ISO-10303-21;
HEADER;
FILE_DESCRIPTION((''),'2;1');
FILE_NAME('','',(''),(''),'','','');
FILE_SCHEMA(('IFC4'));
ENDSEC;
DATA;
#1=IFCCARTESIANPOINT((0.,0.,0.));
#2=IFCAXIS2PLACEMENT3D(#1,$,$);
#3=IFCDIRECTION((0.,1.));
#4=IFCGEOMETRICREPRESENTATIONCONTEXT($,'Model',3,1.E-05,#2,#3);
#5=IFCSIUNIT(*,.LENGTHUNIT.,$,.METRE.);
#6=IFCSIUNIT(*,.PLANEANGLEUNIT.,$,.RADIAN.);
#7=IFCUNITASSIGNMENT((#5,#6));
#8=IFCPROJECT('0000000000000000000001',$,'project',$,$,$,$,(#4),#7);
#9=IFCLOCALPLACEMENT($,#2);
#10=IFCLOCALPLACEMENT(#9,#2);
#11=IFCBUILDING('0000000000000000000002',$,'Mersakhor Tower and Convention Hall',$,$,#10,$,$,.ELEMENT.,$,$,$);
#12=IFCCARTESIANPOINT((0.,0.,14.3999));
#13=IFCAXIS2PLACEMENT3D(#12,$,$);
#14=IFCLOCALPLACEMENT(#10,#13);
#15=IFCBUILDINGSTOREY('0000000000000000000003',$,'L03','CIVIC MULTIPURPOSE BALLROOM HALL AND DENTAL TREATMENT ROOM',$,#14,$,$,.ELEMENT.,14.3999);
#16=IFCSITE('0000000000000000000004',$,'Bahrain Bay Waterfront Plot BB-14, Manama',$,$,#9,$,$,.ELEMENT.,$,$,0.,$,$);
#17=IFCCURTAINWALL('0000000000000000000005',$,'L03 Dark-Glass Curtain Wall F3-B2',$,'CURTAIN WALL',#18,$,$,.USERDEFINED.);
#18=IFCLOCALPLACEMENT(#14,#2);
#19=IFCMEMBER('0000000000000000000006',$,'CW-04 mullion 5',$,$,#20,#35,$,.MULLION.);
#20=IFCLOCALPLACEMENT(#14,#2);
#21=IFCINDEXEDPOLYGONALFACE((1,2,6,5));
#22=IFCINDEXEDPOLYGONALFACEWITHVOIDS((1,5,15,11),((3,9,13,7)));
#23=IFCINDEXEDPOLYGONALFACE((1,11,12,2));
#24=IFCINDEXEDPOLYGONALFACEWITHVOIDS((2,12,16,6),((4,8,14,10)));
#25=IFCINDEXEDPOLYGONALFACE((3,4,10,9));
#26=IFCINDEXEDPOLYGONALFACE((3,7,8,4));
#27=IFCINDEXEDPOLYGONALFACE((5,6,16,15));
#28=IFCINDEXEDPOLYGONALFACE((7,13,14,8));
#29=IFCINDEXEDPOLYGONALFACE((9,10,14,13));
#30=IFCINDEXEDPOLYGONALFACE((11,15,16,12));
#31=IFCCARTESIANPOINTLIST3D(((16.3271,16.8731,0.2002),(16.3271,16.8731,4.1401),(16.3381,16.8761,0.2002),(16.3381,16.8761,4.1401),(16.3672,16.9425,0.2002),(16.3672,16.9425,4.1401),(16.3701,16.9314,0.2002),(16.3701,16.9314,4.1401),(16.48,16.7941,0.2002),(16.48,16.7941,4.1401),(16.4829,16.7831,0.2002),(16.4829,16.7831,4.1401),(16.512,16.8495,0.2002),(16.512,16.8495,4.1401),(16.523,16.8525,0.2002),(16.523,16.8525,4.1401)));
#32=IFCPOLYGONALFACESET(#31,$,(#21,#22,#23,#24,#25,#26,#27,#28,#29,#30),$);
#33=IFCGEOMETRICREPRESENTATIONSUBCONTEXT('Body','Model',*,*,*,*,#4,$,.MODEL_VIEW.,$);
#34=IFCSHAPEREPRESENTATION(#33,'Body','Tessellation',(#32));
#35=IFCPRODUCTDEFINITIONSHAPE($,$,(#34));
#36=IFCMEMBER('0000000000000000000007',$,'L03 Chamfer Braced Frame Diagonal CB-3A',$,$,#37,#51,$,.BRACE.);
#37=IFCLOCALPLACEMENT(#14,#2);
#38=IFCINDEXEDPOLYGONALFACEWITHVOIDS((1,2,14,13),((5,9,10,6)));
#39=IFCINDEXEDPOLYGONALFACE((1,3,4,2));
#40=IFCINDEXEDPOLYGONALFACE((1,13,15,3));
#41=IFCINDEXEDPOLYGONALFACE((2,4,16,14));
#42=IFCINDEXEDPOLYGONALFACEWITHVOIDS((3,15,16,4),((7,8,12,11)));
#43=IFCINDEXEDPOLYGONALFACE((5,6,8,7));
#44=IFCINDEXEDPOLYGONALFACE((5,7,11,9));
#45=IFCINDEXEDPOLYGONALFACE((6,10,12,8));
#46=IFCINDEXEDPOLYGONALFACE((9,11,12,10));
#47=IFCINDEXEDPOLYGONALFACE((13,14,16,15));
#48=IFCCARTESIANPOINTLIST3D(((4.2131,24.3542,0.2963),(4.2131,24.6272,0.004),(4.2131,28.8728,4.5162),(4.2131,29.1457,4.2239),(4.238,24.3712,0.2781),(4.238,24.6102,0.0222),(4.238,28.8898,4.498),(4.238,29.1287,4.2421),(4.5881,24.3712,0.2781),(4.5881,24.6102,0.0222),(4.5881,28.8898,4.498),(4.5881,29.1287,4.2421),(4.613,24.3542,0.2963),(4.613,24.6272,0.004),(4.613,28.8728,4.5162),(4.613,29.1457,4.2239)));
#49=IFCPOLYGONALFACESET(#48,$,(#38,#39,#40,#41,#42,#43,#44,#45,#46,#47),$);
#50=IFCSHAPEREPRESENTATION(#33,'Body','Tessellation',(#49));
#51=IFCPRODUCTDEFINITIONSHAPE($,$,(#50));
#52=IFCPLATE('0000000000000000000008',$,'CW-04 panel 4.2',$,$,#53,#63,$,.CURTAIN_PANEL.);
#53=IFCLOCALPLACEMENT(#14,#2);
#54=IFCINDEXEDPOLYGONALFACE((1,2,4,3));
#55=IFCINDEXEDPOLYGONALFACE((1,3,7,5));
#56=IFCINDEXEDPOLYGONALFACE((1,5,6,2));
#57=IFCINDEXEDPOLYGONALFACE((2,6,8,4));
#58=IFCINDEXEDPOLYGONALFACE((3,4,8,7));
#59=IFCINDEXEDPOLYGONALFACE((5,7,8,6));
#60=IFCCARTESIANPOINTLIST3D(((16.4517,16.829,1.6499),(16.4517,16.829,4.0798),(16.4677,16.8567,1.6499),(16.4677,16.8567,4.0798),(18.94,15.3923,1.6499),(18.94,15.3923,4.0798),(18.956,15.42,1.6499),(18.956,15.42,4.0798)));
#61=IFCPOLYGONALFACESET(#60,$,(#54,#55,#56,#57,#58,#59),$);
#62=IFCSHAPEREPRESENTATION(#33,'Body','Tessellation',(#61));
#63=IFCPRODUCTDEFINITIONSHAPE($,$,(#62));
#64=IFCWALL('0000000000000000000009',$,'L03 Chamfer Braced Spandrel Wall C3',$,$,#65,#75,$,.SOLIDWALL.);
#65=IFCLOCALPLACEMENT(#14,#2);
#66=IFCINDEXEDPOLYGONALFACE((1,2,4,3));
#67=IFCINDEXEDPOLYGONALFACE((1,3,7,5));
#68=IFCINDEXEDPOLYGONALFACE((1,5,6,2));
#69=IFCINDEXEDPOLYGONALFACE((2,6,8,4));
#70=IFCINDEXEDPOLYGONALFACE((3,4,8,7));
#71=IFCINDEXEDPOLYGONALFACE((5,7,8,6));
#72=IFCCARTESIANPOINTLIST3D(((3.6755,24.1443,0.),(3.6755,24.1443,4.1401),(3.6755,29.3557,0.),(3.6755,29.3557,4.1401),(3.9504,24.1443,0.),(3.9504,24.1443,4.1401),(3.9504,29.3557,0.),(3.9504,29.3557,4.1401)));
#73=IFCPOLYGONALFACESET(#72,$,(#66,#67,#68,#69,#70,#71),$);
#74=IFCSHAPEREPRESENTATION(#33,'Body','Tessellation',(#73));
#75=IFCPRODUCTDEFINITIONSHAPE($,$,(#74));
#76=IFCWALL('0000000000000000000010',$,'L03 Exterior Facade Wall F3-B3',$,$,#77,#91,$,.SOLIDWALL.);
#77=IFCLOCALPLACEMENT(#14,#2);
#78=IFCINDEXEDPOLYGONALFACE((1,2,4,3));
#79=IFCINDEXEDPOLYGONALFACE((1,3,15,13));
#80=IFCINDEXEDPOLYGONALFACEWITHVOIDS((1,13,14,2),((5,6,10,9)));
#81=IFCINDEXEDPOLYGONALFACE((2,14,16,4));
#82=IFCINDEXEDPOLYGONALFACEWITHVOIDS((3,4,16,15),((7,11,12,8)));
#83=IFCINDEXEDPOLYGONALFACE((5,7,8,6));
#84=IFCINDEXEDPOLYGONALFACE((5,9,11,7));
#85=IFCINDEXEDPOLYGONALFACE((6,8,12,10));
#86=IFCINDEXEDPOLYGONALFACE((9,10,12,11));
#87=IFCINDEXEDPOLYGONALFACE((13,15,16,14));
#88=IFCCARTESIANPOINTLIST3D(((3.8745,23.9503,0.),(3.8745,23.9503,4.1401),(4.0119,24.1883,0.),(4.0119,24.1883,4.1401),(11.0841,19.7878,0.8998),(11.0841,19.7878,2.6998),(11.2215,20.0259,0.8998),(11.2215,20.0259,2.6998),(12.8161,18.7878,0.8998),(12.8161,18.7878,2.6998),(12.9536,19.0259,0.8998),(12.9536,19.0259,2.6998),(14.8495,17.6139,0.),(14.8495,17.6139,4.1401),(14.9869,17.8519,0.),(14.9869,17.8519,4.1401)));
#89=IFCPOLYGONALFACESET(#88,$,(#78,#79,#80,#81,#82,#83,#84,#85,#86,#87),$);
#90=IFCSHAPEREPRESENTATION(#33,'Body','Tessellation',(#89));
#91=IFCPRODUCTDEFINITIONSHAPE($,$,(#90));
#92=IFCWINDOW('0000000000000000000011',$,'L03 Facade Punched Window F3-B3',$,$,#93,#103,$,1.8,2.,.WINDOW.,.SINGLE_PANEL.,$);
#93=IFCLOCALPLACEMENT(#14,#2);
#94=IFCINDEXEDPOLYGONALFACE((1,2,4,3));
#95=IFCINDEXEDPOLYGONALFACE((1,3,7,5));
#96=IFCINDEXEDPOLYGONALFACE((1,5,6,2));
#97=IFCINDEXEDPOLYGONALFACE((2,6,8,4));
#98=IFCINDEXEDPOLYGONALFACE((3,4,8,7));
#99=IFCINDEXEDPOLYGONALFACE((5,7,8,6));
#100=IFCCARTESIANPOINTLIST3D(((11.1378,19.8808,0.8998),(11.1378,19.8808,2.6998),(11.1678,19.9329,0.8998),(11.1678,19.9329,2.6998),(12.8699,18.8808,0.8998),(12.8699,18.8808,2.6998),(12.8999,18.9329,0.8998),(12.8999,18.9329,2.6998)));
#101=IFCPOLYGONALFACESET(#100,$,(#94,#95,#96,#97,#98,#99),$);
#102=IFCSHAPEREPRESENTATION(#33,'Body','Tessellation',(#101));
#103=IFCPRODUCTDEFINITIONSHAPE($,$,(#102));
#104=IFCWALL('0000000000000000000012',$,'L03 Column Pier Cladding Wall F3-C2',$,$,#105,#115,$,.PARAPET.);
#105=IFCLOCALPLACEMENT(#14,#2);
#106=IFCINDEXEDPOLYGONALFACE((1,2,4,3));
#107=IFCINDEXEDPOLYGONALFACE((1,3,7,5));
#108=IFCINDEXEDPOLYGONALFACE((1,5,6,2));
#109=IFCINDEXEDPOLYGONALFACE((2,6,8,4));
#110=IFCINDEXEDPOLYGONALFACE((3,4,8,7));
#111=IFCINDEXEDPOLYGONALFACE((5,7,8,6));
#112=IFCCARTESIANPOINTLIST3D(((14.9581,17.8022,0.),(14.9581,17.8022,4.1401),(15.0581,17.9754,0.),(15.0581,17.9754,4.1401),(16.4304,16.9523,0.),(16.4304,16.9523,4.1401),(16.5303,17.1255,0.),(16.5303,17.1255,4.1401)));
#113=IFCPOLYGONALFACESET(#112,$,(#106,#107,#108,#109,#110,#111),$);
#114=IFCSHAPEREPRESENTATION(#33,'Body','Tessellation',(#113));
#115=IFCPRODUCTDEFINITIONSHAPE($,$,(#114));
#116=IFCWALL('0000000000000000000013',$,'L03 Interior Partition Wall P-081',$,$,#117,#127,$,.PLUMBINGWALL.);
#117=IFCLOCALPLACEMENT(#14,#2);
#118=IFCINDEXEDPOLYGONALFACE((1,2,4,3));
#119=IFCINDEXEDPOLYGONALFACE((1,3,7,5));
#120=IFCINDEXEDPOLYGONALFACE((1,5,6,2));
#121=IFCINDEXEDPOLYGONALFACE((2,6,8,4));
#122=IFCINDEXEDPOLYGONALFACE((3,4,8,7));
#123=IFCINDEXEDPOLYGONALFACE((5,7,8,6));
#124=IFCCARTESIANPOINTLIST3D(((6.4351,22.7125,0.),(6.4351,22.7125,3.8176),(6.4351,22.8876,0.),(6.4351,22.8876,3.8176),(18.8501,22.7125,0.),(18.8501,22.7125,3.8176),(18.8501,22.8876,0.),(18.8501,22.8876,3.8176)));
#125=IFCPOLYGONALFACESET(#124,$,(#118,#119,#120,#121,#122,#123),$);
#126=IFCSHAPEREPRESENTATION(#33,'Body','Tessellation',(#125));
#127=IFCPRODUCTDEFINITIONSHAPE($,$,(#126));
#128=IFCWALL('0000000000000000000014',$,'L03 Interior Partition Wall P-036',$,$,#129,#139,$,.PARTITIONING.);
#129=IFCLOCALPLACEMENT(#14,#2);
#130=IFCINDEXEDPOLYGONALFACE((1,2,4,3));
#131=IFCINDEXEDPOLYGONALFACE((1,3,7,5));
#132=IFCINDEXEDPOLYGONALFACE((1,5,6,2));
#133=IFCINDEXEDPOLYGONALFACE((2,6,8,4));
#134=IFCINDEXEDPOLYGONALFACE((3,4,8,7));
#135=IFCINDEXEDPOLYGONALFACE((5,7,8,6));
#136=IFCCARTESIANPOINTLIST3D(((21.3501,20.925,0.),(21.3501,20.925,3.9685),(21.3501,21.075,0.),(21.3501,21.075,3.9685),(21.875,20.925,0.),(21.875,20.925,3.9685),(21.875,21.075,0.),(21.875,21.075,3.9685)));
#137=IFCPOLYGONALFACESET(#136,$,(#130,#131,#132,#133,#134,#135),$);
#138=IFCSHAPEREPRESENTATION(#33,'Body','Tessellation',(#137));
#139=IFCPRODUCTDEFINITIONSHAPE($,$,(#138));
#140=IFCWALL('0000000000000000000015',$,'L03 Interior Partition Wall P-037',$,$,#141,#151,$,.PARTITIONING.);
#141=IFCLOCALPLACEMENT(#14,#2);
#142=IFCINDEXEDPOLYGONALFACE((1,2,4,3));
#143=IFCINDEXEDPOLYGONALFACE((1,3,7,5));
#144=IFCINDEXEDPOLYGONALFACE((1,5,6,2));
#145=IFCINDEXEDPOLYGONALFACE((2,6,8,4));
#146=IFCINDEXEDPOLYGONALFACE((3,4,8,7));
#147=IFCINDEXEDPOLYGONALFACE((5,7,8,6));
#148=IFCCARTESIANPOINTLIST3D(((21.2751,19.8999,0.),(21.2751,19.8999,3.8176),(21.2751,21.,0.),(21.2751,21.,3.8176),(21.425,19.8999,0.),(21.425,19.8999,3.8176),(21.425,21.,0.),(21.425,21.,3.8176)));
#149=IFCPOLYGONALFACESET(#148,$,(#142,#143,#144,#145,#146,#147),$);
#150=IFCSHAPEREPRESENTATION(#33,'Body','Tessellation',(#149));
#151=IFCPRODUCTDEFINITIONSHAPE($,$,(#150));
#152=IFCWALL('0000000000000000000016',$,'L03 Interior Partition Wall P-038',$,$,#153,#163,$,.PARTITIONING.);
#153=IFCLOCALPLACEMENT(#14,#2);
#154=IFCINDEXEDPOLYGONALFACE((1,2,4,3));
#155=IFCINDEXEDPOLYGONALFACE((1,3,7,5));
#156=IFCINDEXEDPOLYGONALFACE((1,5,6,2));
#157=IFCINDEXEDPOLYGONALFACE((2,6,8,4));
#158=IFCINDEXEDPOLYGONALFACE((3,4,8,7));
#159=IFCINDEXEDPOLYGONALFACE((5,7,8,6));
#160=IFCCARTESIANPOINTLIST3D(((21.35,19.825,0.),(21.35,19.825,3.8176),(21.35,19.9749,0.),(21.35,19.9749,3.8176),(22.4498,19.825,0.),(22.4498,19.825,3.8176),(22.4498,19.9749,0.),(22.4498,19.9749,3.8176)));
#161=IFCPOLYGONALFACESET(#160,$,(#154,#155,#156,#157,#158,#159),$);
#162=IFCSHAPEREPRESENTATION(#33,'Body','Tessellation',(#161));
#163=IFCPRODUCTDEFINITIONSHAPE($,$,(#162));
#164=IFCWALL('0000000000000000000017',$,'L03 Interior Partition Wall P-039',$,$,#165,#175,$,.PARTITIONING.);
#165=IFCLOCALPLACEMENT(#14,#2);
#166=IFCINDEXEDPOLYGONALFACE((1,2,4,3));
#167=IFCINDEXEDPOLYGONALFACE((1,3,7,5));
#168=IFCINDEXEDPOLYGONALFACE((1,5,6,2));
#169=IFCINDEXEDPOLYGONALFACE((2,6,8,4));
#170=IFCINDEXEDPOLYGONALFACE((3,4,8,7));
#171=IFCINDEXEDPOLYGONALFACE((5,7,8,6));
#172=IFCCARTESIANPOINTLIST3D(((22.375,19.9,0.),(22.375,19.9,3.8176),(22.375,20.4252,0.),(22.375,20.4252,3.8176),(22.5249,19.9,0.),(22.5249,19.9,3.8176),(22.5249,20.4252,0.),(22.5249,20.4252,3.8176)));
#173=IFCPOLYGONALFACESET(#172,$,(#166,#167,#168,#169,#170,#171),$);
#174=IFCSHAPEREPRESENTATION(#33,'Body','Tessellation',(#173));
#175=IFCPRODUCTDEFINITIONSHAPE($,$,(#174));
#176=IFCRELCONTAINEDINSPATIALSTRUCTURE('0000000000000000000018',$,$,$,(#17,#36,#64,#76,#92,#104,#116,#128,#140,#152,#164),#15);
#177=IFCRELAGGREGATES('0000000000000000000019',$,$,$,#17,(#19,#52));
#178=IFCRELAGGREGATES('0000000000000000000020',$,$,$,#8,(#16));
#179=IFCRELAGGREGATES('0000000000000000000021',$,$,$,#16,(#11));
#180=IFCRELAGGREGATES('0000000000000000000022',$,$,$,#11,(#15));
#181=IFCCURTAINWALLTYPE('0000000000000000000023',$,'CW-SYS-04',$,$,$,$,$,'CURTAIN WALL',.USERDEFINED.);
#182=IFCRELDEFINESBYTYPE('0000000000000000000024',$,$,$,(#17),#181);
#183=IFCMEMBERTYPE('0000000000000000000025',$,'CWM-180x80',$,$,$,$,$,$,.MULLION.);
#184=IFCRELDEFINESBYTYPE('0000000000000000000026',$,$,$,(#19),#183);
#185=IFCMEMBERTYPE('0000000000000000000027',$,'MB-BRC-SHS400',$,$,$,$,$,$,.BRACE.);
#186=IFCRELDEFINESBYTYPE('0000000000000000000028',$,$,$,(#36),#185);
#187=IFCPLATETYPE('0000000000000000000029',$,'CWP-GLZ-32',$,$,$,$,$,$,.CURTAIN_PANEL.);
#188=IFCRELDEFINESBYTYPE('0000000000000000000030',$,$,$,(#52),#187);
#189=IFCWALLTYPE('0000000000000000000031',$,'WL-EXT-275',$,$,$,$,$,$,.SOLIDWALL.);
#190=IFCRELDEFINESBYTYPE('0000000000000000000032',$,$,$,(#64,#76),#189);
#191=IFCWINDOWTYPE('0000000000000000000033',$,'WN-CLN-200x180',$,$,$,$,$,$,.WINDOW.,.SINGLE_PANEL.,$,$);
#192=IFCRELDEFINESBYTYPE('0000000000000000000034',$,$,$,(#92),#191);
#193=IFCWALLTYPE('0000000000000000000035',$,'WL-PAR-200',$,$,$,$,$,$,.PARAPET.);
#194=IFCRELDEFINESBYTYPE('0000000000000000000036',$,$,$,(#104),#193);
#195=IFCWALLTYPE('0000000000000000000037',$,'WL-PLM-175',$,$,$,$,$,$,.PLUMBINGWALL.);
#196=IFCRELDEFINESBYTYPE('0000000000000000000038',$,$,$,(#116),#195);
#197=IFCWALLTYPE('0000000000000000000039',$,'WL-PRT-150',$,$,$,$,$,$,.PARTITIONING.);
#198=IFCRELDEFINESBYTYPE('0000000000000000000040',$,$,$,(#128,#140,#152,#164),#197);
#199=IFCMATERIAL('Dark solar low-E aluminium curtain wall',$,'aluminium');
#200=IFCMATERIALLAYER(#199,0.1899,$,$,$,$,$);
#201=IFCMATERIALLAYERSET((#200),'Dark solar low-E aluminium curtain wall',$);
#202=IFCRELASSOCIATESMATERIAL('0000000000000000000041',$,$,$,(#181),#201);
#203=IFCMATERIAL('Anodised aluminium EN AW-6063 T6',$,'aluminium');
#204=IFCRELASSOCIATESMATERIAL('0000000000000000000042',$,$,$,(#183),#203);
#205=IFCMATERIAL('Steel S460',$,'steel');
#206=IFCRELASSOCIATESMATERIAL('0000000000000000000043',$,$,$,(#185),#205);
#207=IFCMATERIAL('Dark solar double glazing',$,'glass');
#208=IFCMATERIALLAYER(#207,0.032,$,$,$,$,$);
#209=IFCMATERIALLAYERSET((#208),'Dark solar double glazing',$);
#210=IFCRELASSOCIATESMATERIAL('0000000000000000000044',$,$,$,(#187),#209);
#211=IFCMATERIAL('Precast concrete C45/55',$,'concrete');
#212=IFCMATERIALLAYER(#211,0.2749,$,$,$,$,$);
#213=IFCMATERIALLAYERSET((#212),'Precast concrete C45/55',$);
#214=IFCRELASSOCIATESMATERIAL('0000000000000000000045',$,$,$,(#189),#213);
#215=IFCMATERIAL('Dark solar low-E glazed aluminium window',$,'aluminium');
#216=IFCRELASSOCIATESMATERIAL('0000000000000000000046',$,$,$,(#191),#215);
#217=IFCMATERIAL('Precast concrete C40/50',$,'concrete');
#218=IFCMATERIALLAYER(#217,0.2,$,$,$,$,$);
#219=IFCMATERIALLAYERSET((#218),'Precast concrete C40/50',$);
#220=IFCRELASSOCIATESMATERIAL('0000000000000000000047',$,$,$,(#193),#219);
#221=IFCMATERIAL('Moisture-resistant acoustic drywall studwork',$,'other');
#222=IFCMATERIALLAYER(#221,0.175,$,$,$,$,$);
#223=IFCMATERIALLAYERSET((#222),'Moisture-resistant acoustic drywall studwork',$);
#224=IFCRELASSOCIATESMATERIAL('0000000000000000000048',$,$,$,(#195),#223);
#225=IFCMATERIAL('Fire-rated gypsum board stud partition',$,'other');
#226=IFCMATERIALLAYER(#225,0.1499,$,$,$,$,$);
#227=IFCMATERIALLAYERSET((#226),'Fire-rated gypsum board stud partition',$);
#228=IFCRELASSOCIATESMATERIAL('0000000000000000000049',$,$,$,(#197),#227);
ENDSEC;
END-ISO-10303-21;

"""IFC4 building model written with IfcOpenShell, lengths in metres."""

from ifc_helpers import new_model, si_unit, direction, frame, frame_2d, origin, origin_2d, place, context, subcontext, project, spatial, rectangle, hollow_rectangle, extrude, material, layer, layer_set, material_profile, profile_set, type_object, element, fill, aggregate, save


model = new_model("IFC4")

# Units and contexts
model_context = context("Model", 3, precision=1e-05, world=origin(), true_north=direction((0.0, 1.0)))
body_context = subcontext(model_context, "Body", "Model", "MODEL_VIEW")
ifc_project = project(units=[si_unit("LENGTHUNIT", "METRE"), si_unit("PLANEANGLEUNIT", "RADIAN")], contexts=[model_context])

# Site, building, storey
site_placement = place(None, origin())
site = spatial("IfcSite", under=ifc_project, at=site_placement, Name="Bahrain Bay Waterfront Plot BB-14, Manama", CompositionType="ELEMENT", RefElevation=0.0)
building_placement = place(site_placement, origin())
building = spatial("IfcBuilding", under=site, at=building_placement, Name="Mersakhor Tower and Convention Hall", CompositionType="ELEMENT")
storey_placement = place(building_placement, frame((0.0, 0.0, 14.3999)))
storey = spatial("IfcBuildingStorey", under=building, at=storey_placement, Name="L03", Description="CIVIC MULTIPURPOSE BALLROOM HALL AND DENTAL TREATMENT ROOM", CompositionType="ELEMENT", Elevation=14.3999)

# Curtain wall, member
ifc_material_1 = material(Name="Dark solar low-E aluminium curtain wall", Category="aluminium")
ifc_layer_1 = layer(ifc_material_1, 0.1899)
ifc_layer_set_1 = layer_set([ifc_layer_1], Name="Dark solar low-E aluminium curtain wall")
curtain_wall_type = type_object("IfcCurtainWallType", Name="CW-SYS-04", ElementType="CURTAIN WALL", PredefinedType="USERDEFINED", material=ifc_layer_set_1)
curtain_wall_placement = place(storey_placement, origin())
curtain_wall = element("IfcCurtainWall", 1, at=curtain_wall_placement, inside=storey, type_object=curtain_wall_type, Name="L03 Dark-Glass Curtain Wall F3-B2", ObjectType="CURTAIN WALL", PredefinedType="USERDEFINED")
ifc_material_2 = material(Name="Anodised aluminium EN AW-6063 T6", Category="aluminium")
ifc_material_profile_1 = material_profile(ifc_material_2, hollow_rectangle(XDim=0.0801, YDim=0.1799, WallThickness=0.0081, at=origin_2d()), Name="RHS 180x80x8")
ifc_profile_set_1 = profile_set([ifc_material_profile_1], Name="Anodised aluminium EN AW-6063 T6")
member_type_1 = type_object("IfcMemberType", Name="CWM-180x80", PredefinedType="MULLION", material=ifc_profile_set_1)
member_1_placement = place(storey_placement, frame((16.425, 16.8628, 0.2002), z_axis=(0.0, 0.0, 1.0), x_axis=(-0.500003, -0.866023, 0.0)))
member_1 = element("IfcMember", 2, at=member_1_placement, type_object=member_type_1, Name="CW-04 mullion 5", PredefinedType="MULLION", context=body_context, shape_type="SweptSolid", body=[
    extrude(hollow_rectangle(XDim=0.0801, YDim=0.1799, WallThickness=0.0081, at=origin_2d()), origin(), (0.0, 0.0, 1.0), 3.9399),
])

# Member
ifc_material_3 = material(Name="Steel S460", Category="steel")
ifc_material_profile_2 = material_profile(ifc_material_3, hollow_rectangle(XDim=0.3999, YDim=0.3999, WallThickness=0.0249, at=origin_2d()), Name="SHS 400x400x25")
ifc_profile_set_2 = profile_set([ifc_material_profile_2], Name="Steel S460")
member_type_2 = type_object("IfcMemberType", Name="MB-BRC-SHS400", PredefinedType="BRACE", material=ifc_profile_set_2)
member_2_placement = place(storey_placement, frame((4.4131, 24.4907, 0.1501), z_axis=(0.0, 0.730841, 0.682548), x_axis=(-1.0, 0.0, 0.0)))
element("IfcMember", 3, at=member_2_placement, inside=storey, type_object=member_type_2, Name="L03 Chamfer Braced Frame Diagonal CB-3A", PredefinedType="BRACE", context=body_context, shape_type="SweptSolid", body=[
    extrude(hollow_rectangle(XDim=0.3999, YDim=0.3999, WallThickness=0.0249, at=origin_2d()), origin(), (0.0, 0.0, 1.0), 6.1826),
])

# Plate
ifc_material_4 = material(Name="Dark solar double glazing", Category="glass")
ifc_layer_2 = layer(ifc_material_4, 0.032)
ifc_layer_set_2 = layer_set([ifc_layer_2], Name="Dark solar double glazing")
plate_type = type_object("IfcPlateType", Name="CWP-GLZ-32", PredefinedType="CURTAIN_PANEL", material=ifc_layer_set_2)
plate_placement = place(storey_placement, frame((17.7039, 16.1245, 1.6499), z_axis=(0.0, 0.0, 1.0), x_axis=(-0.866023, 0.500003, 0.0)))
plate = element("IfcPlate", 4, at=plate_placement, type_object=plate_type, Name="CW-04 panel 4.2", PredefinedType="CURTAIN_PANEL", context=body_context, shape_type="SweptSolid", body=[
    extrude(rectangle(XDim=2.8733, YDim=0.032, at=origin_2d()), origin(), (0.0, 0.0, 1.0), 2.4299),
])
aggregate(curtain_wall, [member_1, plate])

# Wall
ifc_material_5 = material(Name="Precast concrete C45/55", Category="concrete")
ifc_layer_3 = layer(ifc_material_5, 0.2749)
ifc_layer_set_3 = layer_set([ifc_layer_3], Name="Precast concrete C45/55")
wall_type_1 = type_object("IfcWallType", Name="WL-EXT-275", PredefinedType="SOLIDWALL", material=ifc_layer_set_3)
wall_1_placement = place(storey_placement, frame((3.813, 24.1443, 0.0), z_axis=(0.0, 0.0, 1.0), x_axis=(0.0, 1.0, 0.0)))
element("IfcWall", 5, at=wall_1_placement, inside=storey, type_object=wall_type_1, Name="L03 Chamfer Braced Spandrel Wall C3", PredefinedType="SOLIDWALL", context=body_context, shape_type="SweptSolid", body=[
    extrude(rectangle(XDim=5.2114, YDim=0.2749, at=frame_2d((2.6057, 0.0))), origin(), (0.0, 0.0, 1.0), 4.1401),
])

# Wall, opening, window
wall_2_placement = place(storey_placement, frame((14.9182, 17.7329, 0.0), z_axis=(0.0, 0.0, 1.0), x_axis=(-0.866027, 0.499997, 0.0)))
wall_2 = element("IfcWall", 6, at=wall_2_placement, inside=storey, type_object=wall_type_1, Name="L03 Exterior Facade Wall F3-B3", PredefinedType="SOLIDWALL", context=body_context, shape_type="SweptSolid", body=[
    extrude(rectangle(XDim=12.6729, YDim=0.2749, at=frame_2d((6.3364, 0.0))), origin(), (0.0, 0.0, 1.0), 4.1401),
])
opening_1_placement = place(wall_2_placement, frame((2.3479, 0.0, 0.8999)))
opening_1 = element("IfcOpeningElement", 7, at=opening_1_placement, cuts=wall_2, PredefinedType="OPENING", context=body_context, shape_type="SweptSolid", body=[
    extrude(rectangle(XDim=2.0, YDim=1.8, at=frame_2d((1.0, 0.8999))), frame((0.0, 0.1475, 0.0), z_axis=(0.0, -1.0, 0.0), x_axis=(1.0, 0.0, 0.0)), (0.0, 0.0, 1.0), 0.2949),
])
ifc_material_6 = material(Name="Dark solar low-E glazed aluminium window", Category="aluminium")
window_type = type_object("IfcWindowType", Name="WN-CLN-200x180", PartitioningType="SINGLE_PANEL", PredefinedType="WINDOW", material=ifc_material_6)
window_placement = place(opening_1_placement, origin())
window = element("IfcWindow", 8, at=window_placement, inside=storey, type_object=window_type, Name="L03 Facade Punched Window F3-B3", OverallHeight=1.8, OverallWidth=2.0, PartitioningType="SINGLE_PANEL", PredefinedType="WINDOW", context=body_context, shape_type="SweptSolid", body=[
    extrude(rectangle(XDim=2.0, YDim=1.8, at=frame_2d((1.0, 0.8999))), frame((0.0, 0.03, 0.0), z_axis=(0.0, -1.0, 0.0), x_axis=(1.0, 0.0, 0.0)), (0.0, 0.0, 1.0), 0.0601),
])
fill(opening_1, window)

# Walls
ifc_material_7 = material(Name="Precast concrete C40/50", Category="concrete")
ifc_layer_4 = layer(ifc_material_7, 0.2)
ifc_layer_set_4 = layer_set([ifc_layer_4], Name="Precast concrete C40/50")
wall_type_2 = type_object("IfcWallType", Name="WL-PAR-200", PredefinedType="PARAPET", material=ifc_layer_set_4)
wall_3_placement = place(storey_placement, frame((16.4805, 17.0388, 0.0), z_axis=(0.0, 0.0, 1.0), x_axis=(-0.866052, 0.499955, 0.0)))
element("IfcWall", 9, at=wall_3_placement, inside=storey, type_object=wall_type_2, Name="L03 Column Pier Cladding Wall F3-C2", PredefinedType="PARAPET", context=body_context, shape_type="SweptSolid", body=[
    extrude(rectangle(XDim=1.7, YDim=0.2, at=frame_2d((0.8501, 0.0))), origin(), (0.0, 0.0, 1.0), 4.1401),
])
ifc_material_8 = material(Name="Moisture-resistant acoustic drywall studwork", Category="other")
ifc_layer_5 = layer(ifc_material_8, 0.175)
ifc_layer_set_5 = layer_set([ifc_layer_5], Name="Moisture-resistant acoustic drywall studwork")
wall_type_3 = type_object("IfcWallType", Name="WL-PLM-175", PredefinedType="PLUMBINGWALL", material=ifc_layer_set_5)
wall_4_placement = place(storey_placement, frame((6.4351, 22.8, 0.0), z_axis=(0.0, 0.0, 1.0), x_axis=(1.0, 0.0, 0.0)))
element("IfcWall", 10, at=wall_4_placement, inside=storey, type_object=wall_type_3, Name="L03 Interior Partition Wall P-081", PredefinedType="PLUMBINGWALL", context=body_context, shape_type="SweptSolid", body=[
    extrude(rectangle(XDim=12.415, YDim=0.175, at=frame_2d((6.2075, 0.0))), origin(), (0.0, 0.0, 1.0), 3.8176),
])
ifc_material_9 = material(Name="Fire-rated gypsum board stud partition", Category="other")
ifc_layer_6 = layer(ifc_material_9, 0.1499)
ifc_layer_set_6 = layer_set([ifc_layer_6], Name="Fire-rated gypsum board stud partition")
wall_type_4 = type_object("IfcWallType", Name="WL-PRT-150", PredefinedType="PARTITIONING", material=ifc_layer_set_6)
wall_5_placement = place(storey_placement, frame((21.875, 21.0, 0.0), z_axis=(0.0, 0.0, 1.0), x_axis=(-1.0, 0.0, 0.0)))
element("IfcWall", 11, at=wall_5_placement, inside=storey, type_object=wall_type_4, Name="L03 Interior Partition Wall P-036", PredefinedType="PARTITIONING", context=body_context, shape_type="SweptSolid", body=[
    extrude(rectangle(XDim=0.5249, YDim=0.1499, at=frame_2d((0.2625, 0.0))), origin(), (0.0, 0.0, 1.0), 3.9685),
])
wall_6_placement = place(storey_placement, frame((21.3501, 21.0, 0.0), z_axis=(0.0, 0.0, 1.0), x_axis=(0.0, -1.0, 0.0)))
element("IfcWall", 12, at=wall_6_placement, inside=storey, type_object=wall_type_4, Name="L03 Interior Partition Wall P-037", PredefinedType="PARTITIONING", context=body_context, shape_type="SweptSolid", body=[
    extrude(rectangle(XDim=1.1001, YDim=0.1499, at=frame_2d((0.55, 0.0))), origin(), (0.0, 0.0, 1.0), 3.8176),
])
wall_7_placement = place(storey_placement, frame((21.3501, 19.8999, 0.0), z_axis=(0.0, 0.0, 1.0), x_axis=(1.0, 0.0, 0.0)))
element("IfcWall", 13, at=wall_7_placement, inside=storey, type_object=wall_type_4, Name="L03 Interior Partition Wall P-038", PredefinedType="PARTITIONING", context=body_context, shape_type="SweptSolid", body=[
    extrude(rectangle(XDim=1.0999, YDim=0.1499, at=frame_2d((0.5498, 0.0))), origin(), (0.0, 0.0, 1.0), 3.8176),
])
wall_8_placement = place(storey_placement, frame((22.45, 19.8999, 0.0), z_axis=(0.0, 0.0, 1.0), x_axis=(0.0, 1.0, 0.0)))
element("IfcWall", 14, at=wall_8_placement, inside=storey, type_object=wall_type_4, Name="L03 Interior Partition Wall P-039", PredefinedType="PARTITIONING", context=body_context, shape_type="SweptSolid", body=[
    extrude(rectangle(XDim=0.5251, YDim=0.1499, at=frame_2d((0.2627, 0.0))), origin(), (0.0, 0.0, 1.0), 3.8176),
])

save(model, "model.ifc")
